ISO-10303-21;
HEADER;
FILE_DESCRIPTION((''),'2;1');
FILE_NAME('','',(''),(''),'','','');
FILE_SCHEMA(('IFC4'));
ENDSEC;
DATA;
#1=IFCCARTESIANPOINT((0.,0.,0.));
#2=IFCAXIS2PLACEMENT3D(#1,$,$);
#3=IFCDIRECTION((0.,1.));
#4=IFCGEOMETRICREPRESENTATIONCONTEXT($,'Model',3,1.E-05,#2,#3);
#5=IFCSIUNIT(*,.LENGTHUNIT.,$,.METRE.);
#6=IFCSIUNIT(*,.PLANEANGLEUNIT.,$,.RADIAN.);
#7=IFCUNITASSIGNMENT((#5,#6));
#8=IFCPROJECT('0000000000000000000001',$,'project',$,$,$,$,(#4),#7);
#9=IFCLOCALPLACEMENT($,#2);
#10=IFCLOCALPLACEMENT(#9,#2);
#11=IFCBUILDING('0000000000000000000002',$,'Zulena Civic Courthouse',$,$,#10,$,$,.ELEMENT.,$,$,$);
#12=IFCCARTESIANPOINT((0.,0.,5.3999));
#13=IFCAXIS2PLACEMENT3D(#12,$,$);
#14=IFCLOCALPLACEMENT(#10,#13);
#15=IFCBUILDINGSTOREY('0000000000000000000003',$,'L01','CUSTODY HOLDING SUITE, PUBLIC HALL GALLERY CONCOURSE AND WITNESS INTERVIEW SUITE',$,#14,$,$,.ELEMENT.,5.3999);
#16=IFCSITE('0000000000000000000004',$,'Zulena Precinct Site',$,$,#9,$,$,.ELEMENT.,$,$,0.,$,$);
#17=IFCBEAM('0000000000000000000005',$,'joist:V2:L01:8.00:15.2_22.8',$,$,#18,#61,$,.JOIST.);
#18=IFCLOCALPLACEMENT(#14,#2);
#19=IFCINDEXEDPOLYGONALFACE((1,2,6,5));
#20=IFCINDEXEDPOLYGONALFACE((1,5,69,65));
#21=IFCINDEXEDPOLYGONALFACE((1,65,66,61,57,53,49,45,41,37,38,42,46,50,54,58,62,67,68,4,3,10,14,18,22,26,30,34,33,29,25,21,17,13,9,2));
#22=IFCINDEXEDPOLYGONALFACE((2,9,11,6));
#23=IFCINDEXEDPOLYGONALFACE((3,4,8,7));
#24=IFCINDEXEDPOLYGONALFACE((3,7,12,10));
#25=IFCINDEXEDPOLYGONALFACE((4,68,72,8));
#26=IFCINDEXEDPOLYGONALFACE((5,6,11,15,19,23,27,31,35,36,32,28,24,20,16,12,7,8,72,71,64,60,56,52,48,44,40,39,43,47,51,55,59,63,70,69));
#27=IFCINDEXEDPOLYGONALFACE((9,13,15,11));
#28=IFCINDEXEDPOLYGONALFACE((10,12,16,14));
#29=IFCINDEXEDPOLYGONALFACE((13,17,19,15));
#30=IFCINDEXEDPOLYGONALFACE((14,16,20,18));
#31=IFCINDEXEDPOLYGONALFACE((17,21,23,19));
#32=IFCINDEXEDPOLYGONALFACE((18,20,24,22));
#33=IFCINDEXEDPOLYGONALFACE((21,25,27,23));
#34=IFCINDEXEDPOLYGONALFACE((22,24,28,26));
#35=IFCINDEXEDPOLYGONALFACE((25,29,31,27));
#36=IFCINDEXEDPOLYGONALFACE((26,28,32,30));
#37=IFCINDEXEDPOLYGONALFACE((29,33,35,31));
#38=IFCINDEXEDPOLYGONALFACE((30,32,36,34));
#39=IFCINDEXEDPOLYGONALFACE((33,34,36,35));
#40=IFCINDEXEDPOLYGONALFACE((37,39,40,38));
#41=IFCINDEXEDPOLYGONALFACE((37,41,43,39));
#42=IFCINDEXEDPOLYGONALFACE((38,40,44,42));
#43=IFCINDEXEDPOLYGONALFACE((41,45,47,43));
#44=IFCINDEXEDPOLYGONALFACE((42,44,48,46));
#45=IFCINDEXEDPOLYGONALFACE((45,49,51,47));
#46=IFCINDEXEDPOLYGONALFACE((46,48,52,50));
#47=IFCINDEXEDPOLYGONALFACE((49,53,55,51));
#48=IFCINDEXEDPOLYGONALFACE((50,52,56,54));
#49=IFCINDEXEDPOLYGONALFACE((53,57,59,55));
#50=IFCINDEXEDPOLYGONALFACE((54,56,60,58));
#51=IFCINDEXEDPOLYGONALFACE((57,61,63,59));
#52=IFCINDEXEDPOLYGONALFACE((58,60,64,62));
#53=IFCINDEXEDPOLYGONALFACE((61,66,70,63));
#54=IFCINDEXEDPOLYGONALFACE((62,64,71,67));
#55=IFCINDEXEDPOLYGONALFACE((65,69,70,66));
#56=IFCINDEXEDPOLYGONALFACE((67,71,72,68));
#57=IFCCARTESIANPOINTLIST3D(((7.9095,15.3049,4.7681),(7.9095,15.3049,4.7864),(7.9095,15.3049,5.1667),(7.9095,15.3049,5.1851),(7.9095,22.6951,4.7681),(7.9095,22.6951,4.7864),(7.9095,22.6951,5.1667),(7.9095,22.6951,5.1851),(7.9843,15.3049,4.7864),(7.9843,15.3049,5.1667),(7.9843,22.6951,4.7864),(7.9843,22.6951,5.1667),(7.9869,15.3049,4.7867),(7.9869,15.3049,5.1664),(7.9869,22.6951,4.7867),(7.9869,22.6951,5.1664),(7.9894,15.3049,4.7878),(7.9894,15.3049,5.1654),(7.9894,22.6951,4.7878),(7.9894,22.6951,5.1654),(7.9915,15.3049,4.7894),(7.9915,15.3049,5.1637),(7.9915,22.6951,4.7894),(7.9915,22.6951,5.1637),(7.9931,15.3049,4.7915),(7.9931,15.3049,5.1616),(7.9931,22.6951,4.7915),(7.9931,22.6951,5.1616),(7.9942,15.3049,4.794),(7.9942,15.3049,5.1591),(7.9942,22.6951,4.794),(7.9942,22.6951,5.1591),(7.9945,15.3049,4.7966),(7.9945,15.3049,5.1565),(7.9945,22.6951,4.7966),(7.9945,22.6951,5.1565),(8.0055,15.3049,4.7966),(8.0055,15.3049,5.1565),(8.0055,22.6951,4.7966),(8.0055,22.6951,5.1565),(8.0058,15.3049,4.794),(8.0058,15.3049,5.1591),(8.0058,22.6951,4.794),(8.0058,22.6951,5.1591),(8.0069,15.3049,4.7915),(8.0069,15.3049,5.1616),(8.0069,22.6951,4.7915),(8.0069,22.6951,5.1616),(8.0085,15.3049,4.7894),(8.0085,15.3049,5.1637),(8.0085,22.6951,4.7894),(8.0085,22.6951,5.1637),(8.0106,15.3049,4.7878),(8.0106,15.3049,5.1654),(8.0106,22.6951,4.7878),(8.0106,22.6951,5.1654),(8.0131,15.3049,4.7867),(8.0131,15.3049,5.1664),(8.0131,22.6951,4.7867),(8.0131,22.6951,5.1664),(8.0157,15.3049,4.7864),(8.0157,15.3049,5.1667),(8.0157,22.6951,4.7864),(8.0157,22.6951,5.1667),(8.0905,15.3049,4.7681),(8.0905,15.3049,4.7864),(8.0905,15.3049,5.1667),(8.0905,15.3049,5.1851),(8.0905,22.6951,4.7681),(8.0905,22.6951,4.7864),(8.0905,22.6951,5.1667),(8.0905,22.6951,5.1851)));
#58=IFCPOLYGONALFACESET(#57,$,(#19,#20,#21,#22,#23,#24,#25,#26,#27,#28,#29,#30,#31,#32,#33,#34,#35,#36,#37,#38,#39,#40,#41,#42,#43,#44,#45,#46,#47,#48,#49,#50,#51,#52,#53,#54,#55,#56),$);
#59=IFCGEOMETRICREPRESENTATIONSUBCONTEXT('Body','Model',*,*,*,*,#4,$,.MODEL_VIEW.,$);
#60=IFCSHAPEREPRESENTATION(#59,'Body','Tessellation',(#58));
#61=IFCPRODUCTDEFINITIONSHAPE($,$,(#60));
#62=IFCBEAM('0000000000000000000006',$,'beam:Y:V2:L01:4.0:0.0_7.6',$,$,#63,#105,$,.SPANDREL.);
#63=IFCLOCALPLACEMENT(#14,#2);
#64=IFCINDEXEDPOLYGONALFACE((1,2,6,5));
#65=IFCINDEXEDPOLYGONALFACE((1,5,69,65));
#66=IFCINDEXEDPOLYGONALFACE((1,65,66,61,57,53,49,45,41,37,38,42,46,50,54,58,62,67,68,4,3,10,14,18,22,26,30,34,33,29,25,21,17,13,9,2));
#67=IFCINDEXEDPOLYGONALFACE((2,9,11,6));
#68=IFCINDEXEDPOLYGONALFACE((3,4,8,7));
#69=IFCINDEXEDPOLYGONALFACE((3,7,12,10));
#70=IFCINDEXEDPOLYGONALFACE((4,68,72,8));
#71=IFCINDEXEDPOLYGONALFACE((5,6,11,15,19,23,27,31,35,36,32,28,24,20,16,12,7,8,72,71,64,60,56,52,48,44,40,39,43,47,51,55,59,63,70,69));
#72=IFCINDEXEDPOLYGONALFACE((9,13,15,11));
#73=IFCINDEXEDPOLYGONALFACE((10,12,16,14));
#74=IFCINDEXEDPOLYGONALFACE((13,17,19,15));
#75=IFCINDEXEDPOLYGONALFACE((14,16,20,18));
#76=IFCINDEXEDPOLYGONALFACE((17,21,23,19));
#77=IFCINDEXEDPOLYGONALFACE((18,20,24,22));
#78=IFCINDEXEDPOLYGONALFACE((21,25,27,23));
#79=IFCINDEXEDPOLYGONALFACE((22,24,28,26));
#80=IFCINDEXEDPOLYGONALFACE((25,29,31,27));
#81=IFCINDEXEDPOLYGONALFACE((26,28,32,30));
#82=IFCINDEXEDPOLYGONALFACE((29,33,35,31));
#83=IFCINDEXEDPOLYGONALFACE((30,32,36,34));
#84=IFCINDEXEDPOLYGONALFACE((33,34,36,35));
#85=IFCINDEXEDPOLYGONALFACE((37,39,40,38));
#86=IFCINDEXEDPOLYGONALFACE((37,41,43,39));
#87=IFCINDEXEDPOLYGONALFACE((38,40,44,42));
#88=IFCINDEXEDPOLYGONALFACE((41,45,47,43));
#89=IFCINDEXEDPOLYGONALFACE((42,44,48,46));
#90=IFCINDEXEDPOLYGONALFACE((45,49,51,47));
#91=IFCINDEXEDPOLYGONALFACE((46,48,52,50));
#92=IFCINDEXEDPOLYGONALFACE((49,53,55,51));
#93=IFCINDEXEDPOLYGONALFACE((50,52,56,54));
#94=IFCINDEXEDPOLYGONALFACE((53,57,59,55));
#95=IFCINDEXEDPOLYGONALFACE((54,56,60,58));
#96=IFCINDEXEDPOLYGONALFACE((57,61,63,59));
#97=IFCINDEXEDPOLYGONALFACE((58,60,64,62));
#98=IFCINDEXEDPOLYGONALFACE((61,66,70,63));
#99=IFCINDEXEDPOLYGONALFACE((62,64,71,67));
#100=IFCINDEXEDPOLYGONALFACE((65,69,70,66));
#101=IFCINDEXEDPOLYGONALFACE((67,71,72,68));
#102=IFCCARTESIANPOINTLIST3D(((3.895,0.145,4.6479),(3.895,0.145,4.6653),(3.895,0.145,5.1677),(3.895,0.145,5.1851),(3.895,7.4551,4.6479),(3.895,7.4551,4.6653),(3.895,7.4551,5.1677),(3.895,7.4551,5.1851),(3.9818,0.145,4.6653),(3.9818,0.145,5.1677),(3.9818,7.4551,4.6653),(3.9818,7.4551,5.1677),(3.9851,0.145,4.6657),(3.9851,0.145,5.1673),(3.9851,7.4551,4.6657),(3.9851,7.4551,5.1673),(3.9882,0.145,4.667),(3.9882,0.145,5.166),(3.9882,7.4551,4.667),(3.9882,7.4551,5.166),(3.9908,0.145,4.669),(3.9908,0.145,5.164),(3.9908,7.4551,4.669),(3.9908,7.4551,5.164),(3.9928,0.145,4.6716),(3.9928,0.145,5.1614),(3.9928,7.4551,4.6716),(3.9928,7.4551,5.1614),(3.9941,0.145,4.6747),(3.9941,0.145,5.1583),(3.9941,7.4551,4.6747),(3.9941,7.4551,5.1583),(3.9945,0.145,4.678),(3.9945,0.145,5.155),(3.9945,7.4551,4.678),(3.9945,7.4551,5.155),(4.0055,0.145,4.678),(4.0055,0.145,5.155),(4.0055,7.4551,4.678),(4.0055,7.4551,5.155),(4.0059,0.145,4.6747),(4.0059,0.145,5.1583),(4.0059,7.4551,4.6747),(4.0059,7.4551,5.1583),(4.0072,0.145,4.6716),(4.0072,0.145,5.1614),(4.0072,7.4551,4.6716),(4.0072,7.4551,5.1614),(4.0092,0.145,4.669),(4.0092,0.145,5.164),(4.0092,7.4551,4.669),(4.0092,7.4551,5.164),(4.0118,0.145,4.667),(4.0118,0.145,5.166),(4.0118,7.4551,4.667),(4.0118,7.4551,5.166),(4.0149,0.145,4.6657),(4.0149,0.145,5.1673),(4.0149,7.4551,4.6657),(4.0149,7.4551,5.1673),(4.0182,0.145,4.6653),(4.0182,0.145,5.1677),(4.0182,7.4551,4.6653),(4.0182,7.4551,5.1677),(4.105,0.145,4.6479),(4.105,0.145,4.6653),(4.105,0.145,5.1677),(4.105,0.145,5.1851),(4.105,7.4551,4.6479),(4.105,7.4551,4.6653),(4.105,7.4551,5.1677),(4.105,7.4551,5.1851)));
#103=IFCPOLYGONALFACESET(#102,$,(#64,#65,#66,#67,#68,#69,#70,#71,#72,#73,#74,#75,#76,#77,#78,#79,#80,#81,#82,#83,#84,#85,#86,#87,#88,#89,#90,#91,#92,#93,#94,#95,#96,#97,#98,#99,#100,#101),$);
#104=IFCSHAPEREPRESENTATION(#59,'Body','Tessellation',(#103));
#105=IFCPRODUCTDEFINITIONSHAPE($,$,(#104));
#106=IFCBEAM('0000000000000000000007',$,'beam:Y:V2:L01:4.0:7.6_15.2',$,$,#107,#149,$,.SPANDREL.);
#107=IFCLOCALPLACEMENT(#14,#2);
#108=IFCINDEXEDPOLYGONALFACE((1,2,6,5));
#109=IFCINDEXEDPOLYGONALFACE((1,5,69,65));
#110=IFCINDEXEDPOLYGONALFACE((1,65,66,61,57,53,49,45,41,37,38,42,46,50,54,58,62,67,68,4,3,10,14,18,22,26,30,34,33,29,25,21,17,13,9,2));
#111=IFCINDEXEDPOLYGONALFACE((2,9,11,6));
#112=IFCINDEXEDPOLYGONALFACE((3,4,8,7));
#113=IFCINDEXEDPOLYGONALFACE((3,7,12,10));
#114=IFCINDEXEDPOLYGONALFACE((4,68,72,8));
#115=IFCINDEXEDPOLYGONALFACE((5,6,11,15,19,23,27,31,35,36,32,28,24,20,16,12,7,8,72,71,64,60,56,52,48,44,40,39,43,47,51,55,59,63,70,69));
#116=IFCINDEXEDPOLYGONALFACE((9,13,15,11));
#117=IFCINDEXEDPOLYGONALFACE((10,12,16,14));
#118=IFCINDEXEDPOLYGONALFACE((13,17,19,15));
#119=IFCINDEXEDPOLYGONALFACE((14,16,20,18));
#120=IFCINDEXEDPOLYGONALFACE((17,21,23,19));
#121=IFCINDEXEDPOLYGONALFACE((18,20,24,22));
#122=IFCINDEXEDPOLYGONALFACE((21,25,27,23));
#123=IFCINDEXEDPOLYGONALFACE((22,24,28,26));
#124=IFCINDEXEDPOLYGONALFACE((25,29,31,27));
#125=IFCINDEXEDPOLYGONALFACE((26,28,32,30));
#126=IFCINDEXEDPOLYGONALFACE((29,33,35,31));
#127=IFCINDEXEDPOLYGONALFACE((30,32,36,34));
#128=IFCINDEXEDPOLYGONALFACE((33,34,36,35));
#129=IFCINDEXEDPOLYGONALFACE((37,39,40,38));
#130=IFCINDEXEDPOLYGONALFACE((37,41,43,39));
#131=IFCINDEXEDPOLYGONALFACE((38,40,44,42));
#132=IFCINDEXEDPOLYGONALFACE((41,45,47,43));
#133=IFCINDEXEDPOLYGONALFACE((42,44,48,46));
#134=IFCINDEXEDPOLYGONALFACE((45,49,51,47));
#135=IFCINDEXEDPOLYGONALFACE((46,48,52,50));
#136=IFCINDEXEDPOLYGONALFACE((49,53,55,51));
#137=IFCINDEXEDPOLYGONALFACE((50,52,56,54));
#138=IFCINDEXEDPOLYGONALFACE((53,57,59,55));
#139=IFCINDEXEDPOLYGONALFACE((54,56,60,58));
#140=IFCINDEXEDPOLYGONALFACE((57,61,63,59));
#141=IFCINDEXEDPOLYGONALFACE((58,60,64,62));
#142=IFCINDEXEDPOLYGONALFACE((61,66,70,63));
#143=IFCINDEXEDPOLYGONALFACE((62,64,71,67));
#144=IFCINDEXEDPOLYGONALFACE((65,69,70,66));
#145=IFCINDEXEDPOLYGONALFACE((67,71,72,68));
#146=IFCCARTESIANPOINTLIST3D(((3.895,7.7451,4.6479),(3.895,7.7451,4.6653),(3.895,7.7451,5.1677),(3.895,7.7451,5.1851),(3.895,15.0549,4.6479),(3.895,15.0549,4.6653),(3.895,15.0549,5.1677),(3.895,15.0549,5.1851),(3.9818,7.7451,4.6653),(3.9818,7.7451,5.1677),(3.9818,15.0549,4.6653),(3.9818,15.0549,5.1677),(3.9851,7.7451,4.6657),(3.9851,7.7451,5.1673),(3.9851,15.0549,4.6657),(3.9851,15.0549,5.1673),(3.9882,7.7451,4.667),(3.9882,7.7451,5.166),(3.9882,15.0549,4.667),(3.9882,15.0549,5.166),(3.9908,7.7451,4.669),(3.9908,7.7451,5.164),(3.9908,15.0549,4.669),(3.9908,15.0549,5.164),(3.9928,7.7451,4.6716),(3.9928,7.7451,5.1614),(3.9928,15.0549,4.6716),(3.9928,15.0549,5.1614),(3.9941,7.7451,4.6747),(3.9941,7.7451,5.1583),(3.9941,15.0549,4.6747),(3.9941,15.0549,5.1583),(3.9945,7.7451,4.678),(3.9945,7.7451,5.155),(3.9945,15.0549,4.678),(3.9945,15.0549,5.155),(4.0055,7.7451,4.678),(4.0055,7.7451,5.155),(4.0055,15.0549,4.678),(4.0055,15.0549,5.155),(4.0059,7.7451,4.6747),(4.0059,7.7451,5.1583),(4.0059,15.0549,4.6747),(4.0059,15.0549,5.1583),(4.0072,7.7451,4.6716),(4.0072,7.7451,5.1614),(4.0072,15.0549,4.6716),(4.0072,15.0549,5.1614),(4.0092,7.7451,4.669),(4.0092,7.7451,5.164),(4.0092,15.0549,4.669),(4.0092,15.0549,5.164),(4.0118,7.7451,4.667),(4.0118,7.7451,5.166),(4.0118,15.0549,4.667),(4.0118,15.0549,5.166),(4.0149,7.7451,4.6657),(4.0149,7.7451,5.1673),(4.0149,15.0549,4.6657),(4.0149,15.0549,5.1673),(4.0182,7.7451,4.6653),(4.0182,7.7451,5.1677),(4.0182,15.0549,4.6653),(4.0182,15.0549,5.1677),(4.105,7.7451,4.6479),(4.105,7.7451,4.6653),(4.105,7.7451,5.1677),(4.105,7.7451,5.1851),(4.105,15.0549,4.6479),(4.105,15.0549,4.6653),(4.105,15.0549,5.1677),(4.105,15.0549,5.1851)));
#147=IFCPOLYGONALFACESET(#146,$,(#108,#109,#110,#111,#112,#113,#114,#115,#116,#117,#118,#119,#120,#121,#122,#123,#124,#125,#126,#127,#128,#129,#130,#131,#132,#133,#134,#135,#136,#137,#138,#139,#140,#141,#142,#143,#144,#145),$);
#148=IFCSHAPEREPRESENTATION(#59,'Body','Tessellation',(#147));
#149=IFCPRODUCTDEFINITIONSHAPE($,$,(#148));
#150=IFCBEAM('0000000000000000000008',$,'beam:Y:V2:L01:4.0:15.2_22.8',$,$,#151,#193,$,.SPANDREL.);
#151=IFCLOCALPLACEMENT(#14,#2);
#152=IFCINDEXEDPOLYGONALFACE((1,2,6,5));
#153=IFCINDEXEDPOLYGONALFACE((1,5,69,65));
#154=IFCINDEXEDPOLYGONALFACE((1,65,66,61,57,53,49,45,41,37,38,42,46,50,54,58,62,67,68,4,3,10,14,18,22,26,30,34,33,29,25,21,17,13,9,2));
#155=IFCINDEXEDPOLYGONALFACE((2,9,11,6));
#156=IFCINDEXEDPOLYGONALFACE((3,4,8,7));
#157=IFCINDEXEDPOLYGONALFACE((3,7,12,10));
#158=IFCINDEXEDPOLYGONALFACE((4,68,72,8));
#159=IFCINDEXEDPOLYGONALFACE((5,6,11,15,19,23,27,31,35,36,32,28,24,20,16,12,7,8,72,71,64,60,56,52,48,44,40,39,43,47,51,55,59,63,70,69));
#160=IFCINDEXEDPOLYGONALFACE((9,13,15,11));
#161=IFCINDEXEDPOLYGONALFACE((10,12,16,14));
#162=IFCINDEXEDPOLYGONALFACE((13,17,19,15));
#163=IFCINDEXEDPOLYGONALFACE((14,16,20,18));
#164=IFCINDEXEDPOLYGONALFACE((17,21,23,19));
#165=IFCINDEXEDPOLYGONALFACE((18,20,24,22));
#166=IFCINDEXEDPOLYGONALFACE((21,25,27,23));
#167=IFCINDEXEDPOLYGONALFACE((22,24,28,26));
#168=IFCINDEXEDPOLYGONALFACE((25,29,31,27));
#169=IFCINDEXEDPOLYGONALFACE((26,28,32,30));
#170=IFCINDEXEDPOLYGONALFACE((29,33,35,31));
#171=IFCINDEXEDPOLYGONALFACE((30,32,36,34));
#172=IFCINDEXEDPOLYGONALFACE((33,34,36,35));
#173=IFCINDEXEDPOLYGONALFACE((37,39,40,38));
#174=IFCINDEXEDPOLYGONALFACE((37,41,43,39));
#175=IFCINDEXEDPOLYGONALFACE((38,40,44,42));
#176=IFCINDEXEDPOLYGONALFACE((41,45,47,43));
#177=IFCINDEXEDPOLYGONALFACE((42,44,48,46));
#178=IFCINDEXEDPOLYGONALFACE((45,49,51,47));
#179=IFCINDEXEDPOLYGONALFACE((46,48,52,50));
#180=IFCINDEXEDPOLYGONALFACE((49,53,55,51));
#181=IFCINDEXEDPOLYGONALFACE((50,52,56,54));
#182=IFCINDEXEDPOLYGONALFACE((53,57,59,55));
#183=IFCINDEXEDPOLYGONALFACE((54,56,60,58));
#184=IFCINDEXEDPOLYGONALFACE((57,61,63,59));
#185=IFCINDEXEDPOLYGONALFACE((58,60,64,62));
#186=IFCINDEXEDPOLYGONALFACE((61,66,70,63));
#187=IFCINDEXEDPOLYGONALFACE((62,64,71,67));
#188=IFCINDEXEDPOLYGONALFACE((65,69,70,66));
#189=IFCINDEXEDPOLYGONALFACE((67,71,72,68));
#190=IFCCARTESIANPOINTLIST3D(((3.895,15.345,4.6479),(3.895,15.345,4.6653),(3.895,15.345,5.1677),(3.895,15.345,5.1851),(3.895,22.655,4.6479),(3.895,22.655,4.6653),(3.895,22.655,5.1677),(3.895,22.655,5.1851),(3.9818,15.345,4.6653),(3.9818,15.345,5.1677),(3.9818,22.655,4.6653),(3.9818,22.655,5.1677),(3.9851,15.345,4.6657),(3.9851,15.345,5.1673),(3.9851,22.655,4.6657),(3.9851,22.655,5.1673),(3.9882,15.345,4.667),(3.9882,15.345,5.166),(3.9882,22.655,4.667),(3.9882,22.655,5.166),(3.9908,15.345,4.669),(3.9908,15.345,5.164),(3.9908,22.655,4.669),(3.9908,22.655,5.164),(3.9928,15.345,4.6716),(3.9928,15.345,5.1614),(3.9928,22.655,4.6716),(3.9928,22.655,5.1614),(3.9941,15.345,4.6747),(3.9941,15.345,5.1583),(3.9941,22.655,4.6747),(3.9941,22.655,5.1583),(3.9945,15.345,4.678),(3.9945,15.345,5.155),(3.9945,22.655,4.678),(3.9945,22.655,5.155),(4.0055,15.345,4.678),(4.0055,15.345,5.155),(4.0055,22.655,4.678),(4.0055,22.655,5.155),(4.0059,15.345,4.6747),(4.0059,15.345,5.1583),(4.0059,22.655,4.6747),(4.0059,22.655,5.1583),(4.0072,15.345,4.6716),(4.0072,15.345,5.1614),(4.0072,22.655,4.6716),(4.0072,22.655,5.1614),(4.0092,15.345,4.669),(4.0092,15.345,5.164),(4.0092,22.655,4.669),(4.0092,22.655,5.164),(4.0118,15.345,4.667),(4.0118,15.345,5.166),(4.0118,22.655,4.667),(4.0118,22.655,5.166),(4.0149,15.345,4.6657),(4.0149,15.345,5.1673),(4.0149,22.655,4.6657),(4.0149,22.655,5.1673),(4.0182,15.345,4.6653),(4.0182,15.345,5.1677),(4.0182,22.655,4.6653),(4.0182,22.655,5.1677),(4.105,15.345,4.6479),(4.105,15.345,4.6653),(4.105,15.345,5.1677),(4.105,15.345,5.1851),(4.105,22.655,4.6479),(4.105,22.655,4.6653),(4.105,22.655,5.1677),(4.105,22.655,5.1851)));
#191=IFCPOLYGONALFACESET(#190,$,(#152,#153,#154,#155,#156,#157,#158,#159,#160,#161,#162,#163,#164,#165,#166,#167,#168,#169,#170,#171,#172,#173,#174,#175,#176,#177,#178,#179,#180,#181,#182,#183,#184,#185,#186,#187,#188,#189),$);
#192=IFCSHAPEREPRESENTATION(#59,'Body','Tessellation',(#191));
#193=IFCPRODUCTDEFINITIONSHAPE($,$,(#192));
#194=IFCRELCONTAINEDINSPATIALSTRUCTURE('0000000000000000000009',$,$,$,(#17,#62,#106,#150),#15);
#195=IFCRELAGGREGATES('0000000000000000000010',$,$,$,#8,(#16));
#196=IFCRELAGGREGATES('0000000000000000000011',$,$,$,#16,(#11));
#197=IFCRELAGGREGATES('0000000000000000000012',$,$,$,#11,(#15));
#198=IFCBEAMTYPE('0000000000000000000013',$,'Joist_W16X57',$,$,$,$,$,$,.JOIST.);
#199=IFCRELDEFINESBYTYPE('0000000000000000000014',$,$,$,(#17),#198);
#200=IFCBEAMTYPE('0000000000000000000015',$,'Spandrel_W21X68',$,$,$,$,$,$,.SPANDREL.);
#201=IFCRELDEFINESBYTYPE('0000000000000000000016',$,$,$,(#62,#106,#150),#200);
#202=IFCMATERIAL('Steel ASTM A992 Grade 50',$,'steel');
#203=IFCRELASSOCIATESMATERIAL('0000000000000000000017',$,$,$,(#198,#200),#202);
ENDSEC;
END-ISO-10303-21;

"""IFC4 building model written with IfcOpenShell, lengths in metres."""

from ifc_helpers import new_model, si_unit, direction, frame, origin, origin_2d, place, context, subcontext, project, spatial, i_section, extrude, material, material_profile, profile_set, type_object, element, save


model = new_model("IFC4")

# Units and contexts
model_context = context("Model", 3, precision=1e-05, world=origin(), true_north=direction((0.0, 1.0)))
body_context = subcontext(model_context, "Body", "Model", "MODEL_VIEW")
ifc_project = project(units=[si_unit("LENGTHUNIT", "METRE"), si_unit("PLANEANGLEUNIT", "RADIAN")], contexts=[model_context])

# Site, building, storey
site_placement = place(None, origin())
site = spatial("IfcSite", under=ifc_project, at=site_placement, Name="Zulena Precinct Site", CompositionType="ELEMENT", RefElevation=0.0)
building_placement = place(site_placement, origin())
building = spatial("IfcBuilding", under=site, at=building_placement, Name="Zulena Civic Courthouse", CompositionType="ELEMENT")
storey_placement = place(building_placement, frame((0.0, 0.0, 5.3999)))
storey = spatial("IfcBuildingStorey", under=building, at=storey_placement, Name="L01", Description="CUSTODY HOLDING SUITE, PUBLIC HALL GALLERY CONCOURSE AND WITNESS INTERVIEW SUITE", CompositionType="ELEMENT", Elevation=5.3999)

# Shared definitions
ifc_material_1 = material(Name="Steel ASTM A992 Grade 50", Category="steel")

# Beams
ifc_material_profile_1 = material_profile(ifc_material_1, i_section(OverallWidth=0.1809, OverallDepth=0.417, WebThickness=0.011, FlangeThickness=0.0183, FilletRadius=0.0103, at=origin_2d()), Name="W16X57")
ifc_profile_set_1 = profile_set([ifc_material_profile_1], Name="Steel ASTM A992 Grade 50")
beam_type_1 = type_object("IfcBeamType", Name="Joist_W16X57", PredefinedType="JOIST", material=ifc_profile_set_1)
beam_1_placement = place(storey_placement, frame((8.0, 15.3049, 4.9766), z_axis=(0.0, 1.0, 0.0), x_axis=(-1.0, 0.0, 0.0)))
element("IfcBeam", 1, at=beam_1_placement, inside=storey, type_object=beam_type_1, Name="joist:V2:L01:8.00:15.2_22.8", PredefinedType="JOIST", context=body_context, shape_type="SweptSolid", body=[
    extrude(i_section(OverallWidth=0.1809, OverallDepth=0.417, WebThickness=0.011, FlangeThickness=0.0183, FilletRadius=0.0103, at=origin_2d()), origin(), (0.0, 0.0, 1.0), 7.3901),
])
ifc_material_profile_2 = material_profile(ifc_material_1, i_section(OverallWidth=0.21, OverallDepth=0.5371, WebThickness=0.011, FlangeThickness=0.0173, FilletRadius=0.0127, at=origin_2d()), Name="W21X68")
ifc_profile_set_2 = profile_set([ifc_material_profile_2], Name="Steel ASTM A992 Grade 50")
beam_type_2 = type_object("IfcBeamType", Name="Spandrel_W21X68", PredefinedType="SPANDREL", material=ifc_profile_set_2)
beam_2_placement = place(storey_placement, frame((4.0, 0.145, 4.9165), z_axis=(0.0, 1.0, 0.0), x_axis=(-1.0, 0.0, 0.0)))
element("IfcBeam", 2, at=beam_2_placement, inside=storey, type_object=beam_type_2, Name="beam:Y:V2:L01:4.0:0.0_7.6", PredefinedType="SPANDREL", context=body_context, shape_type="SweptSolid", body=[
    extrude(i_section(OverallWidth=0.21, OverallDepth=0.5371, WebThickness=0.011, FlangeThickness=0.0173, FilletRadius=0.0127, at=origin_2d()), origin(), (0.0, 0.0, 1.0), 7.3101),
])
beam_3_placement = place(storey_placement, frame((4.0, 7.7451, 4.9165), z_axis=(0.0, 1.0, 0.0), x_axis=(-1.0, 0.0, 0.0)))
element("IfcBeam", 3, at=beam_3_placement, inside=storey, type_object=beam_type_2, Name="beam:Y:V2:L01:4.0:7.6_15.2", PredefinedType="SPANDREL", context=body_context, shape_type="SweptSolid", body=[
    extrude(i_section(OverallWidth=0.21, OverallDepth=0.5371, WebThickness=0.011, FlangeThickness=0.0173, FilletRadius=0.0127, at=origin_2d()), origin(), (0.0, 0.0, 1.0), 7.3098),
])
for number, where, z_axis, x_axis, name in (
    (4, (4.0, 15.345, 4.9165), (0.0, 1.0, 0.0), (-1.0, 0.0, 0.0), "beam:Y:V2:L01:4.0:15.2_22.8"),
):
    element("IfcBeam", number, at=place(storey_placement, frame(where, z_axis=z_axis, x_axis=x_axis)), inside=storey, type_object=beam_type_2, Name=name, PredefinedType="SPANDREL", context=body_context, shape_type="SweptSolid", body=[
        extrude(i_section(OverallWidth=0.21, OverallDepth=0.5371, WebThickness=0.011, FlangeThickness=0.0173, FilletRadius=0.0127, at=origin_2d()), origin(), (0.0, 0.0, 1.0), 7.3101),
    ])

save(model, "model.ifc")
